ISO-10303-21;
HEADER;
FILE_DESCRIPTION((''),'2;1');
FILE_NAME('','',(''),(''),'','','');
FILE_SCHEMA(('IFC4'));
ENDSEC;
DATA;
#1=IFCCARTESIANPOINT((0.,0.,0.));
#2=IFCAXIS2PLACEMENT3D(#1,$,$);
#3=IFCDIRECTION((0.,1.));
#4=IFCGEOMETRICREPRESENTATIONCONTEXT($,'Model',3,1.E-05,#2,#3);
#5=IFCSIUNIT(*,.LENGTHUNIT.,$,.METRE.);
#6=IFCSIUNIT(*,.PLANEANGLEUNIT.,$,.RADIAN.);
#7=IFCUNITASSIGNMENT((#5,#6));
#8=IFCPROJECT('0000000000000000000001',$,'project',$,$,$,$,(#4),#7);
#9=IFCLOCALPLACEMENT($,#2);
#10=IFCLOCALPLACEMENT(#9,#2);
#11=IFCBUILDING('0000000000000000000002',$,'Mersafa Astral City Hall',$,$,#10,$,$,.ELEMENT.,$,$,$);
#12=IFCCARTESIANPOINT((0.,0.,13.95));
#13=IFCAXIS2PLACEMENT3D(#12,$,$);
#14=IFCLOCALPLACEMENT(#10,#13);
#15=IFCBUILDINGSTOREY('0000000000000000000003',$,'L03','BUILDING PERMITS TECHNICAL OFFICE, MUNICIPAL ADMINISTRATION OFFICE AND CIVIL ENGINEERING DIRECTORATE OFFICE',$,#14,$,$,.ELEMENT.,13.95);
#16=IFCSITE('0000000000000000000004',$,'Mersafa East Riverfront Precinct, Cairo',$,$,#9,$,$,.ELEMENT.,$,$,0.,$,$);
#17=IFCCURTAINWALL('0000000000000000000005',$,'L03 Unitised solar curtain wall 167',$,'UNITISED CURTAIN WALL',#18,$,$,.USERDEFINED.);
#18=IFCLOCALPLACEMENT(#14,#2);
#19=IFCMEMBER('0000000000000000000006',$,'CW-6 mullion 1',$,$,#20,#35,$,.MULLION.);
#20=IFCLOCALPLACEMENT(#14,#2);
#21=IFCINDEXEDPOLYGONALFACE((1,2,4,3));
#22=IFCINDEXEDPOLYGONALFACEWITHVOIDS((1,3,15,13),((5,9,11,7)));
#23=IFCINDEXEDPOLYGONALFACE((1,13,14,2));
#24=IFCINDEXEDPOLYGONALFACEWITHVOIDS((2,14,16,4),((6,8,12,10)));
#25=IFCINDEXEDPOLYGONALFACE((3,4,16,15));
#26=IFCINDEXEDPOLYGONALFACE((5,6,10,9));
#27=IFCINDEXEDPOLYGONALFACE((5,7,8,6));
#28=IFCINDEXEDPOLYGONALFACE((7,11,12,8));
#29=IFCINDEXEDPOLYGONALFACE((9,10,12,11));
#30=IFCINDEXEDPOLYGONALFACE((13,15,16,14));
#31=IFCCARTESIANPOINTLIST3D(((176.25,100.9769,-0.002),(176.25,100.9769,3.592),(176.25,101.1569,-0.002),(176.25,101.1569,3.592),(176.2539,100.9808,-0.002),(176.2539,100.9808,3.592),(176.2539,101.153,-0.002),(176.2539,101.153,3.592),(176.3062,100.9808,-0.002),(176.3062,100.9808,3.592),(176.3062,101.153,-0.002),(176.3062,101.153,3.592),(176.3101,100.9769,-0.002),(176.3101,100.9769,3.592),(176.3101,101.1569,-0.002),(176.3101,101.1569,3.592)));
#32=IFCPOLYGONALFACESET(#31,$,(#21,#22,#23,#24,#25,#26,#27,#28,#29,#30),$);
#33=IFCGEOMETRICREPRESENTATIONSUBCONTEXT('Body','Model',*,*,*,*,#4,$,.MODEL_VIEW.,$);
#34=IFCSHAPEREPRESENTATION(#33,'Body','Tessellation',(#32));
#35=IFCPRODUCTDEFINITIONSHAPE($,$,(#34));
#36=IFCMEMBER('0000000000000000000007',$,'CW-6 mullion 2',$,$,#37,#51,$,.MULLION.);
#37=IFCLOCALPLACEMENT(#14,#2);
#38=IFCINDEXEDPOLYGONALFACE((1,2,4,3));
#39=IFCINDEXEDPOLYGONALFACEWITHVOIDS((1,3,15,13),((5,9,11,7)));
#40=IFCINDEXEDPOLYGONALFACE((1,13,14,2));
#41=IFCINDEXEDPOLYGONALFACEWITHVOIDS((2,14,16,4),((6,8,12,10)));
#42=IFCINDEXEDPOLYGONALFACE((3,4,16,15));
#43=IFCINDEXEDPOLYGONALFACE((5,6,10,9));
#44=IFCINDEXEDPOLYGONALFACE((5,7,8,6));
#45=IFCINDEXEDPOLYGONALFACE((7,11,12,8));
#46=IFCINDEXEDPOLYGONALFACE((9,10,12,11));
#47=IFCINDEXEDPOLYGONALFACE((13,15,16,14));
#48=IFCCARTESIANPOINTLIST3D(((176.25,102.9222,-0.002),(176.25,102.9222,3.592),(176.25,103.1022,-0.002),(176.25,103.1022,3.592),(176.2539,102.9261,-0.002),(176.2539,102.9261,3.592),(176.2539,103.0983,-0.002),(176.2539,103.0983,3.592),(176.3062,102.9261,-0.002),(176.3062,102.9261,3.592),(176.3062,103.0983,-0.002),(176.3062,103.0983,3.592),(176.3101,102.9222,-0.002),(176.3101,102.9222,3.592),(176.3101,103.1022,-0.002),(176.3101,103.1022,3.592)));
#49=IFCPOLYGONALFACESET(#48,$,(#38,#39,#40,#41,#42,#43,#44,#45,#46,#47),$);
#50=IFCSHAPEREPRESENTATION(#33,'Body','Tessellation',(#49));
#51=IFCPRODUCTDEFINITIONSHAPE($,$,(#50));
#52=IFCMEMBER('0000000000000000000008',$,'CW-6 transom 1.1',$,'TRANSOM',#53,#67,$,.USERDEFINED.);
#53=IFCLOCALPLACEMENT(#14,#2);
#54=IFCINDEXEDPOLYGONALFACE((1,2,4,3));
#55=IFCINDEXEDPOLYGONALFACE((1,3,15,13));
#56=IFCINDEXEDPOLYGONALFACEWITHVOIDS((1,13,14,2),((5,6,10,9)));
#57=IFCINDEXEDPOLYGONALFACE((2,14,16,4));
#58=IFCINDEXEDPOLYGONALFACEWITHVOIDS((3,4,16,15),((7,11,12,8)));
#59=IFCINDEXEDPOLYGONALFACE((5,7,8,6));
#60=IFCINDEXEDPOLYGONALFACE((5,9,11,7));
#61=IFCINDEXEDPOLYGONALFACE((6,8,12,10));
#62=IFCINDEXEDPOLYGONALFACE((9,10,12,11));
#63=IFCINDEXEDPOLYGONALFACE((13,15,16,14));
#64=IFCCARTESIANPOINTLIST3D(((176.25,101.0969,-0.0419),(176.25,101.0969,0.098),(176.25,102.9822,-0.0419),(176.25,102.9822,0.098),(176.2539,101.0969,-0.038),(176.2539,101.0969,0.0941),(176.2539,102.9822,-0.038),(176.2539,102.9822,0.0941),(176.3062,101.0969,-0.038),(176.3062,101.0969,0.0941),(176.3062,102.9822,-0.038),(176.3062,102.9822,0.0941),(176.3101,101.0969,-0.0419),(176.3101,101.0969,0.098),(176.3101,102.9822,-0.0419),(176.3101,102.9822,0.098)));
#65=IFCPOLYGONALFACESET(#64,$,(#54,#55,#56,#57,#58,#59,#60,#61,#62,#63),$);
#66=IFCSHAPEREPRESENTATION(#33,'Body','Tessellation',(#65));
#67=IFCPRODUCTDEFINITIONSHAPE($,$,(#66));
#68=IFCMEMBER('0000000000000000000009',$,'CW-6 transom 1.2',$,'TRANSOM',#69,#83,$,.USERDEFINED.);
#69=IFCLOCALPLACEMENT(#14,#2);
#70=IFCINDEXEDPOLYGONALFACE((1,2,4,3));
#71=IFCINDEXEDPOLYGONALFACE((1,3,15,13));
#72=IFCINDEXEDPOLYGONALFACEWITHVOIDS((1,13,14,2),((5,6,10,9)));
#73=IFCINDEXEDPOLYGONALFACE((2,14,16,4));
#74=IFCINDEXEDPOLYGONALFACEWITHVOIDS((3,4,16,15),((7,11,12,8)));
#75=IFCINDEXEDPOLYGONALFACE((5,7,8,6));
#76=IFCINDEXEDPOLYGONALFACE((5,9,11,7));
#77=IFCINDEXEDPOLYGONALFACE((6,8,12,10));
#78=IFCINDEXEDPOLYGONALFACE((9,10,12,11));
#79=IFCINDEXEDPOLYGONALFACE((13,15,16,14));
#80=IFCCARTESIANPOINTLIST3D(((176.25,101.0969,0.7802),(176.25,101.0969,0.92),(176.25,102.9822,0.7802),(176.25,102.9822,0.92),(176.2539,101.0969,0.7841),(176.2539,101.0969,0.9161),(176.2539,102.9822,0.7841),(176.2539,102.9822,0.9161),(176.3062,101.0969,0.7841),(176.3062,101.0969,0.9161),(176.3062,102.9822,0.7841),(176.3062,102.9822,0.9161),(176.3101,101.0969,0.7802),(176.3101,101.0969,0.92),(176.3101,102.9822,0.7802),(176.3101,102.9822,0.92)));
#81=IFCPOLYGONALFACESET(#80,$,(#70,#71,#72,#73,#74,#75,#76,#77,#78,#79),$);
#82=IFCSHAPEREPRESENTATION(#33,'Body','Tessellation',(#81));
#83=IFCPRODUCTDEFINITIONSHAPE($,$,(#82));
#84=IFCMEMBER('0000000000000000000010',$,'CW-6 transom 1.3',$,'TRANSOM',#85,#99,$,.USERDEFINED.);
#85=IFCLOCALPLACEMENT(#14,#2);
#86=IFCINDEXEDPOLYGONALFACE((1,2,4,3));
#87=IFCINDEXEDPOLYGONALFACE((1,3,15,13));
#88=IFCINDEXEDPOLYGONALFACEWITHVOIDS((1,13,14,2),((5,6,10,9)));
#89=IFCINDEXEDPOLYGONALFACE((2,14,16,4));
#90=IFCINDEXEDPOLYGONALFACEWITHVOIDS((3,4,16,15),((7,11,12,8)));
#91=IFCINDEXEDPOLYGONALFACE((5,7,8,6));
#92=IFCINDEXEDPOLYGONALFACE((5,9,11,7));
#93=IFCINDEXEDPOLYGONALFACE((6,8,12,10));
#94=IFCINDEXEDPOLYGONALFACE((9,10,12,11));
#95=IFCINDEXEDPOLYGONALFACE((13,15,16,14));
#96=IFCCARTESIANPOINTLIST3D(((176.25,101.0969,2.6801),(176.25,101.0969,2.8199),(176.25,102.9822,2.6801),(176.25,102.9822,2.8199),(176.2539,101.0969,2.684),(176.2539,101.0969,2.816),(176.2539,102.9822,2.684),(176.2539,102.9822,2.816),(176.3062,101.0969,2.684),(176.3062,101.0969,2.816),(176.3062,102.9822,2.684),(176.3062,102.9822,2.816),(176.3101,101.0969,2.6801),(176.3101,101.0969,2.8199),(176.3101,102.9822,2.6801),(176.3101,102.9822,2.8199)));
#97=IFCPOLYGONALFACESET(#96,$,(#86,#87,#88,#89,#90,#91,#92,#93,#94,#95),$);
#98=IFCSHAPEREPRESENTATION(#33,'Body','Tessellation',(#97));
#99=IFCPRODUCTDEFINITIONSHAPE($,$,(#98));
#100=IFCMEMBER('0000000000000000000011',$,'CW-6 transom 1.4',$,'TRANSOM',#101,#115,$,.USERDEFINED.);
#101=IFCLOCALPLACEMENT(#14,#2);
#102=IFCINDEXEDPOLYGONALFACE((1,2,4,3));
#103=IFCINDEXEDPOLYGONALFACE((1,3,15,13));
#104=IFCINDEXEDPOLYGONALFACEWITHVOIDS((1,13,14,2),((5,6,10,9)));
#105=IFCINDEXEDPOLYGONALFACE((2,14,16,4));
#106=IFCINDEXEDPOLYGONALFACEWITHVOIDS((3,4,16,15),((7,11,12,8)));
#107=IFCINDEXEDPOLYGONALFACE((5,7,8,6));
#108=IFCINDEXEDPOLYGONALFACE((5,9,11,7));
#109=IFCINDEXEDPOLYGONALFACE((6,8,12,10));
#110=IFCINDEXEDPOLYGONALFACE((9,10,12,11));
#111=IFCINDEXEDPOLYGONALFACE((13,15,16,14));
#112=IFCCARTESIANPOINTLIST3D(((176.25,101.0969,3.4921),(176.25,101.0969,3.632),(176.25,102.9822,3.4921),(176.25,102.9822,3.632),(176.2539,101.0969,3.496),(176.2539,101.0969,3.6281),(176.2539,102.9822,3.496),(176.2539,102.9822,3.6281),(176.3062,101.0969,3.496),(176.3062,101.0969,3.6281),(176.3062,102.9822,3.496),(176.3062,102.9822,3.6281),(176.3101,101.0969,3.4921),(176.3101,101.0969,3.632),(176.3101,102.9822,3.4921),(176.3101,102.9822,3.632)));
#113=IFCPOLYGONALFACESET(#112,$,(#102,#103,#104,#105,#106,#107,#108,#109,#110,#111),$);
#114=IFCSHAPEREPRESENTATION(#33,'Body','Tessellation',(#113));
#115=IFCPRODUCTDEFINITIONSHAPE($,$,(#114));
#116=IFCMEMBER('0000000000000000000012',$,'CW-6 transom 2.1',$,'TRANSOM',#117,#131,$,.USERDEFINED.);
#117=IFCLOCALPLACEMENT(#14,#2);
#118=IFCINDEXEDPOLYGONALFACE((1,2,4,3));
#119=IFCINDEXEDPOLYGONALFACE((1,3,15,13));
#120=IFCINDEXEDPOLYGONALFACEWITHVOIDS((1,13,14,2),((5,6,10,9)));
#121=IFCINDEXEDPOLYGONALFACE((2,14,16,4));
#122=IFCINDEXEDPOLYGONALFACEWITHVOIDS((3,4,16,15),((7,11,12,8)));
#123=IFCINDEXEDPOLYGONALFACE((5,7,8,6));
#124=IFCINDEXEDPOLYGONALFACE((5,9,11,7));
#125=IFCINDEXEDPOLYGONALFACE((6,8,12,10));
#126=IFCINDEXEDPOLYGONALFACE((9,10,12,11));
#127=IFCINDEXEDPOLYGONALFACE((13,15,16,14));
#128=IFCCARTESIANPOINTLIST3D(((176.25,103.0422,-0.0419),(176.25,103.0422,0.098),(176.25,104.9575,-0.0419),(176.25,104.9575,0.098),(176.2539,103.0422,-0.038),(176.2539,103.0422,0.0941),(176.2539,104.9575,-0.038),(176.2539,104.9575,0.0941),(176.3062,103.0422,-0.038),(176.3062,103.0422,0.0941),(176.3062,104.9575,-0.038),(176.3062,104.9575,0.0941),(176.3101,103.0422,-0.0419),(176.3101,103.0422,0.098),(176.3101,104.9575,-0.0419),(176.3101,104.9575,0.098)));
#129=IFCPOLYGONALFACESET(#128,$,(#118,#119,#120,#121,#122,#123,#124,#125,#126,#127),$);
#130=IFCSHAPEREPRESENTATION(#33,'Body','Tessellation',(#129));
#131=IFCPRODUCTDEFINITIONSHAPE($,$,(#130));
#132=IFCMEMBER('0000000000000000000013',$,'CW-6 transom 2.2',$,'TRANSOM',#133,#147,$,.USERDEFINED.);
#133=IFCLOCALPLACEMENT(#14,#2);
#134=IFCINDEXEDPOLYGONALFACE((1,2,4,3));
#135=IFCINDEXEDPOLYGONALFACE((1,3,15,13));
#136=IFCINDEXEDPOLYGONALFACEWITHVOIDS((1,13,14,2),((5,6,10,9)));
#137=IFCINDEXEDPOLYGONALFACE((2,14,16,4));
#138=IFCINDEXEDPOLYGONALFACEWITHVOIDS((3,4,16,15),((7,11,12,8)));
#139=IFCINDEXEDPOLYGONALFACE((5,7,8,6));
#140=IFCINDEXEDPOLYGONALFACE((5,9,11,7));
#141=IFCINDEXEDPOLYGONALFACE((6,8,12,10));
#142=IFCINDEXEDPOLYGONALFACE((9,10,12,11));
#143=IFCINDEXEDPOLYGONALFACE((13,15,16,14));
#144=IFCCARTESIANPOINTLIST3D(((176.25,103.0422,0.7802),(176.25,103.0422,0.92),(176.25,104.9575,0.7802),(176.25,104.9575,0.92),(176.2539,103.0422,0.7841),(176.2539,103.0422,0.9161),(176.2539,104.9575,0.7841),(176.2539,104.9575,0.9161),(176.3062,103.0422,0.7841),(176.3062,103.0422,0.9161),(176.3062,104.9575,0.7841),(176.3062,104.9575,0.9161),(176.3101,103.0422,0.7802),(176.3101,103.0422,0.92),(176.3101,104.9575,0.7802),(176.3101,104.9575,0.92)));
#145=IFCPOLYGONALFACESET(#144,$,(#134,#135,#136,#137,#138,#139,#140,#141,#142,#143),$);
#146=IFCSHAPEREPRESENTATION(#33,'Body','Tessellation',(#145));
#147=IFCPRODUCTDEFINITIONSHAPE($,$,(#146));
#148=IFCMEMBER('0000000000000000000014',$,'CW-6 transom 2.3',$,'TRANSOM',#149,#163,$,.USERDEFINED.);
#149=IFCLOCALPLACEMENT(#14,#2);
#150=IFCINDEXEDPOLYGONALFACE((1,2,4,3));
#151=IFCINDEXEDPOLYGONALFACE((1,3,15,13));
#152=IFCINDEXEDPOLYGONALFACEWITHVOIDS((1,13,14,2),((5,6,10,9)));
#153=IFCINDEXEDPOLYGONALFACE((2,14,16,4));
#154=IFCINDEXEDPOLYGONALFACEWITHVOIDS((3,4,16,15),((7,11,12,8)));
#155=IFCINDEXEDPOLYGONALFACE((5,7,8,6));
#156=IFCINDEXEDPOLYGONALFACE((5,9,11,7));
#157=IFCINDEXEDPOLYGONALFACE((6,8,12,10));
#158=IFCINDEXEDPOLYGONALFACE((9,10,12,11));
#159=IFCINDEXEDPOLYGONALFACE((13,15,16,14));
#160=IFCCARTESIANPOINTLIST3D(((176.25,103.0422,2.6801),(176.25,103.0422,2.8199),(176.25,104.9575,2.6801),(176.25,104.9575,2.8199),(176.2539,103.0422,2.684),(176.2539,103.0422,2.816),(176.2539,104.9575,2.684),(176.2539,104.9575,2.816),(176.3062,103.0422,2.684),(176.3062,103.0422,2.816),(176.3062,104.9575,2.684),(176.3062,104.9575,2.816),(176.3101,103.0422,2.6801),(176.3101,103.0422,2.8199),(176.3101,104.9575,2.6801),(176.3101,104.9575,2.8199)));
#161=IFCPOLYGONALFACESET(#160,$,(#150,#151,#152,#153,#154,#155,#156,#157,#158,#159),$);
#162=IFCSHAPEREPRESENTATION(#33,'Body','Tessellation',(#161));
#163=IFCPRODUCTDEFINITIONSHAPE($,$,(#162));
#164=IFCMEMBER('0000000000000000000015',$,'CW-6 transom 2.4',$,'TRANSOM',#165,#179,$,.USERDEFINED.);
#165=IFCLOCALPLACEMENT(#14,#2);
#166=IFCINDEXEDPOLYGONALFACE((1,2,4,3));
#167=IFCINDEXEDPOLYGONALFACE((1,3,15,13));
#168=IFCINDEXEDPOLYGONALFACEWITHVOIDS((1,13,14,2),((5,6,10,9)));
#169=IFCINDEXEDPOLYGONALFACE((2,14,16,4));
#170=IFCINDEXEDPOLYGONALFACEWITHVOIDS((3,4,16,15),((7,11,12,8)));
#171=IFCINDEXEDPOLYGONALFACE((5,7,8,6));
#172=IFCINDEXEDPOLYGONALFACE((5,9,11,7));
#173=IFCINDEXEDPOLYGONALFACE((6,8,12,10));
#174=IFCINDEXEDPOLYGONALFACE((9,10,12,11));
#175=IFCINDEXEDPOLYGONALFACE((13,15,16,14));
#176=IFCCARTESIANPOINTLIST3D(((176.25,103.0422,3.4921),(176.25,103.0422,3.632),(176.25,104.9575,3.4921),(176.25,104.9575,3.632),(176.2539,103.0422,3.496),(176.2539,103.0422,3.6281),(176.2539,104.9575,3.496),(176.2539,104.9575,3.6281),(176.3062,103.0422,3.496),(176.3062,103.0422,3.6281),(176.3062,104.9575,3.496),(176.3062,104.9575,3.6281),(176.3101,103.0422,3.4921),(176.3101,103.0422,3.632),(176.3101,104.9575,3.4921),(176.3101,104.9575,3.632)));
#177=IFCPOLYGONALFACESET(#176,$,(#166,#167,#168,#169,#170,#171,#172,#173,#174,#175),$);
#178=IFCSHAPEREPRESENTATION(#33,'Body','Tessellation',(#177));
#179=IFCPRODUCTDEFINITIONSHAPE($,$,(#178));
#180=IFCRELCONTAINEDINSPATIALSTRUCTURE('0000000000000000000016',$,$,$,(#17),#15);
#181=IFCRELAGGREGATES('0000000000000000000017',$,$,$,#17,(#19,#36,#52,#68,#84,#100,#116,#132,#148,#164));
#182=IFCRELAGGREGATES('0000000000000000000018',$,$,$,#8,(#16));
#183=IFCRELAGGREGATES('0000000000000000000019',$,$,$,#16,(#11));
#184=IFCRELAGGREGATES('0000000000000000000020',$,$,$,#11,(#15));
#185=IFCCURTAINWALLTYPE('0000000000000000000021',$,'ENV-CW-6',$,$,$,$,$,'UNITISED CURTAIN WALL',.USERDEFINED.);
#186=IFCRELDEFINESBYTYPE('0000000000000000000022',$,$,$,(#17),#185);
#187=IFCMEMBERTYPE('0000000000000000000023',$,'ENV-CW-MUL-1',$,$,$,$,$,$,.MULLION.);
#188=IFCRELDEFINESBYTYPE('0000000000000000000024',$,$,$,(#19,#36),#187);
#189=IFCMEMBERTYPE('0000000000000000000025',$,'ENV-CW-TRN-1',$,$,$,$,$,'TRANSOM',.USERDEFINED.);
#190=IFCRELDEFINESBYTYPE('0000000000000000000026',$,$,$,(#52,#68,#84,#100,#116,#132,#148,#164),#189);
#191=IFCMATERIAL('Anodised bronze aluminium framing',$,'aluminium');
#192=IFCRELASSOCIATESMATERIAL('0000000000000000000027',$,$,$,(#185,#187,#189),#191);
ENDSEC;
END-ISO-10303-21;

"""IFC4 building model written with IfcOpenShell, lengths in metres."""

from ifc_helpers import new_model, si_unit, direction, frame, origin, origin_2d, place, context, subcontext, project, spatial, hollow_rectangle, extrude, material, material_profile, profile_set, type_object, element, aggregate, save


model = new_model("IFC4")

# Units and contexts
model_context = context("Model", 3, precision=1e-05, world=origin(), true_north=direction((0.0, 1.0)))
body_context = subcontext(model_context, "Body", "Model", "MODEL_VIEW")
ifc_project = project(units=[si_unit("LENGTHUNIT", "METRE"), si_unit("PLANEANGLEUNIT", "RADIAN")], contexts=[model_context])

# Site, building, storey
site_placement = place(None, origin())
site = spatial("IfcSite", under=ifc_project, at=site_placement, Name="Mersafa East Riverfront Precinct, Cairo", CompositionType="ELEMENT", RefElevation=0.0)
building_placement = place(site_placement, origin())
building = spatial("IfcBuilding", under=site, at=building_placement, Name="Mersafa Astral City Hall", CompositionType="ELEMENT")
storey_placement = place(building_placement, frame((0.0, 0.0, 13.95)))
storey = spatial("IfcBuildingStorey", under=building, at=storey_placement, Name="L03", Description="BUILDING PERMITS TECHNICAL OFFICE, MUNICIPAL ADMINISTRATION OFFICE AND CIVIL ENGINEERING DIRECTORATE OFFICE", CompositionType="ELEMENT", Elevation=13.95)

# Curtain wall, members
ifc_material_1 = material(Name="Anodised bronze aluminium framing", Category="aluminium")
curtain_wall_type = type_object("IfcCurtainWallType", Name="ENV-CW-6", ElementType="UNITISED CURTAIN WALL", PredefinedType="USERDEFINED", material=ifc_material_1)
curtain_wall_placement = place(storey_placement, origin())
curtain_wall = element("IfcCurtainWall", 1, at=curtain_wall_placement, inside=storey, type_object=curtain_wall_type, Name="L03 Unitised solar curtain wall 167", ObjectType="UNITISED CURTAIN WALL", PredefinedType="USERDEFINED")
ifc_material_profile_1 = material_profile(ifc_material_1, hollow_rectangle(XDim=0.0601, YDim=0.1799, WallThickness=0.0039, at=origin_2d()), Name="RHS 60x180x4")
ifc_profile_set_1 = profile_set([ifc_material_profile_1], Name="Anodised bronze aluminium framing")
member_type_1 = type_object("IfcMemberType", Name="ENV-CW-MUL-1", PredefinedType="MULLION", material=ifc_profile_set_1)
member_1_placement = place(storey_placement, frame((176.28, 101.0669, -0.002), z_axis=(0.0, 0.0, 1.0), x_axis=(-1.0, 0.0, 0.0)))
member_1 = element("IfcMember", 2, at=member_1_placement, type_object=member_type_1, Name="CW-6 mullion 1", PredefinedType="MULLION", context=body_context, shape_type="SweptSolid", body=[
    extrude(hollow_rectangle(XDim=0.0601, YDim=0.1799, WallThickness=0.0039, at=origin_2d()), origin(), (0.0, 0.0, 1.0), 3.594),
])
member_2_placement = place(storey_placement, frame((176.28, 103.0122, -0.002), z_axis=(0.0, 0.0, 1.0), x_axis=(-1.0, 0.0, 0.0)))
member_2 = element("IfcMember", 3, at=member_2_placement, type_object=member_type_1, Name="CW-6 mullion 2", PredefinedType="MULLION", context=body_context, shape_type="SweptSolid", body=[
    extrude(hollow_rectangle(XDim=0.0601, YDim=0.1799, WallThickness=0.0039, at=origin_2d()), origin(), (0.0, 0.0, 1.0), 3.594),
])
ifc_material_profile_2 = material_profile(ifc_material_1, hollow_rectangle(XDim=0.0601, YDim=0.1399, WallThickness=0.0039, at=origin_2d()), Name="RHS 60x140x4")
ifc_profile_set_2 = profile_set([ifc_material_profile_2], Name="Anodised bronze aluminium framing")
member_type_2 = type_object("IfcMemberType", Name="ENV-CW-TRN-1", ElementType="TRANSOM", PredefinedType="USERDEFINED", material=ifc_profile_set_2)
member_3_placement = place(storey_placement, frame((176.28, 101.0969, 0.0281), z_axis=(0.0, 1.0, 0.0), x_axis=(-1.0, 0.0, 0.0)))
member_3 = element("IfcMember", 4, at=member_3_placement, type_object=member_type_2, Name="CW-6 transom 1.1", ObjectType="TRANSOM", PredefinedType="USERDEFINED", context=body_context, shape_type="SweptSolid", body=[
    extrude(hollow_rectangle(XDim=0.0601, YDim=0.1399, WallThickness=0.0039, at=origin_2d()), origin(), (0.0, 0.0, 1.0), 1.8853),
])
member_4_placement = place(storey_placement, frame((176.28, 101.0969, 0.8501), z_axis=(0.0, 1.0, 0.0), x_axis=(-1.0, 0.0, 0.0)))
member_4 = element("IfcMember", 5, at=member_4_placement, type_object=member_type_2, Name="CW-6 transom 1.2", ObjectType="TRANSOM", PredefinedType="USERDEFINED", context=body_context, shape_type="SweptSolid", body=[
    extrude(hollow_rectangle(XDim=0.0601, YDim=0.1399, WallThickness=0.0039, at=origin_2d()), origin(), (0.0, 0.0, 1.0), 1.8853),
])
member_5_placement = place(storey_placement, frame((176.28, 101.0969, 2.75), z_axis=(0.0, 1.0, 0.0), x_axis=(-1.0, 0.0, 0.0)))
member_5 = element("IfcMember", 6, at=member_5_placement, type_object=member_type_2, Name="CW-6 transom 1.3", ObjectType="TRANSOM", PredefinedType="USERDEFINED", context=body_context, shape_type="SweptSolid", body=[
    extrude(hollow_rectangle(XDim=0.0601, YDim=0.1399, WallThickness=0.0039, at=origin_2d()), origin(), (0.0, 0.0, 1.0), 1.8853),
])
member_6_placement = place(storey_placement, frame((176.28, 101.0969, 3.562), z_axis=(0.0, 1.0, 0.0), x_axis=(-1.0, 0.0, 0.0)))
member_6 = element("IfcMember", 7, at=member_6_placement, type_object=member_type_2, Name="CW-6 transom 1.4", ObjectType="TRANSOM", PredefinedType="USERDEFINED", context=body_context, shape_type="SweptSolid", body=[
    extrude(hollow_rectangle(XDim=0.0601, YDim=0.1399, WallThickness=0.0039, at=origin_2d()), origin(), (0.0, 0.0, 1.0), 1.8853),
])
member_7_placement = place(storey_placement, frame((176.28, 103.0422, 0.0281), z_axis=(0.0, 1.0, 0.0), x_axis=(-1.0, 0.0, 0.0)))
member_7 = element("IfcMember", 8, at=member_7_placement, type_object=member_type_2, Name="CW-6 transom 2.1", ObjectType="TRANSOM", PredefinedType="USERDEFINED", context=body_context, shape_type="SweptSolid", body=[
    extrude(hollow_rectangle(XDim=0.0601, YDim=0.1399, WallThickness=0.0039, at=origin_2d()), origin(), (0.0, 0.0, 1.0), 1.9153),
])
member_8_placement = place(storey_placement, frame((176.28, 103.0422, 0.8501), z_axis=(0.0, 1.0, 0.0), x_axis=(-1.0, 0.0, 0.0)))
member_8 = element("IfcMember", 9, at=member_8_placement, type_object=member_type_2, Name="CW-6 transom 2.2", ObjectType="TRANSOM", PredefinedType="USERDEFINED", context=body_context, shape_type="SweptSolid", body=[
    extrude(hollow_rectangle(XDim=0.0601, YDim=0.1399, WallThickness=0.0039, at=origin_2d()), origin(), (0.0, 0.0, 1.0), 1.9153),
])
member_9_placement = place(storey_placement, frame((176.28, 103.0422, 2.75), z_axis=(0.0, 1.0, 0.0), x_axis=(-1.0, 0.0, 0.0)))
member_9 = element("IfcMember", 10, at=member_9_placement, type_object=member_type_2, Name="CW-6 transom 2.3", ObjectType="TRANSOM", PredefinedType="USERDEFINED", context=body_context, shape_type="SweptSolid", body=[
    extrude(hollow_rectangle(XDim=0.0601, YDim=0.1399, WallThickness=0.0039, at=origin_2d()), origin(), (0.0, 0.0, 1.0), 1.9153),
])
member_10_placement = place(storey_placement, frame((176.28, 103.0422, 3.562), z_axis=(0.0, 1.0, 0.0), x_axis=(-1.0, 0.0, 0.0)))
member_10 = element("IfcMember", 11, at=member_10_placement, type_object=member_type_2, Name="CW-6 transom 2.4", ObjectType="TRANSOM", PredefinedType="USERDEFINED", context=body_context, shape_type="SweptSolid", body=[
    extrude(hollow_rectangle(XDim=0.0601, YDim=0.1399, WallThickness=0.0039, at=origin_2d()), origin(), (0.0, 0.0, 1.0), 1.9153),
])

aggregate(curtain_wall, [member_1, member_2, member_3, member_4, member_5, member_6, member_7, member_8, member_9, member_10])

save(model, "model.ifc")
